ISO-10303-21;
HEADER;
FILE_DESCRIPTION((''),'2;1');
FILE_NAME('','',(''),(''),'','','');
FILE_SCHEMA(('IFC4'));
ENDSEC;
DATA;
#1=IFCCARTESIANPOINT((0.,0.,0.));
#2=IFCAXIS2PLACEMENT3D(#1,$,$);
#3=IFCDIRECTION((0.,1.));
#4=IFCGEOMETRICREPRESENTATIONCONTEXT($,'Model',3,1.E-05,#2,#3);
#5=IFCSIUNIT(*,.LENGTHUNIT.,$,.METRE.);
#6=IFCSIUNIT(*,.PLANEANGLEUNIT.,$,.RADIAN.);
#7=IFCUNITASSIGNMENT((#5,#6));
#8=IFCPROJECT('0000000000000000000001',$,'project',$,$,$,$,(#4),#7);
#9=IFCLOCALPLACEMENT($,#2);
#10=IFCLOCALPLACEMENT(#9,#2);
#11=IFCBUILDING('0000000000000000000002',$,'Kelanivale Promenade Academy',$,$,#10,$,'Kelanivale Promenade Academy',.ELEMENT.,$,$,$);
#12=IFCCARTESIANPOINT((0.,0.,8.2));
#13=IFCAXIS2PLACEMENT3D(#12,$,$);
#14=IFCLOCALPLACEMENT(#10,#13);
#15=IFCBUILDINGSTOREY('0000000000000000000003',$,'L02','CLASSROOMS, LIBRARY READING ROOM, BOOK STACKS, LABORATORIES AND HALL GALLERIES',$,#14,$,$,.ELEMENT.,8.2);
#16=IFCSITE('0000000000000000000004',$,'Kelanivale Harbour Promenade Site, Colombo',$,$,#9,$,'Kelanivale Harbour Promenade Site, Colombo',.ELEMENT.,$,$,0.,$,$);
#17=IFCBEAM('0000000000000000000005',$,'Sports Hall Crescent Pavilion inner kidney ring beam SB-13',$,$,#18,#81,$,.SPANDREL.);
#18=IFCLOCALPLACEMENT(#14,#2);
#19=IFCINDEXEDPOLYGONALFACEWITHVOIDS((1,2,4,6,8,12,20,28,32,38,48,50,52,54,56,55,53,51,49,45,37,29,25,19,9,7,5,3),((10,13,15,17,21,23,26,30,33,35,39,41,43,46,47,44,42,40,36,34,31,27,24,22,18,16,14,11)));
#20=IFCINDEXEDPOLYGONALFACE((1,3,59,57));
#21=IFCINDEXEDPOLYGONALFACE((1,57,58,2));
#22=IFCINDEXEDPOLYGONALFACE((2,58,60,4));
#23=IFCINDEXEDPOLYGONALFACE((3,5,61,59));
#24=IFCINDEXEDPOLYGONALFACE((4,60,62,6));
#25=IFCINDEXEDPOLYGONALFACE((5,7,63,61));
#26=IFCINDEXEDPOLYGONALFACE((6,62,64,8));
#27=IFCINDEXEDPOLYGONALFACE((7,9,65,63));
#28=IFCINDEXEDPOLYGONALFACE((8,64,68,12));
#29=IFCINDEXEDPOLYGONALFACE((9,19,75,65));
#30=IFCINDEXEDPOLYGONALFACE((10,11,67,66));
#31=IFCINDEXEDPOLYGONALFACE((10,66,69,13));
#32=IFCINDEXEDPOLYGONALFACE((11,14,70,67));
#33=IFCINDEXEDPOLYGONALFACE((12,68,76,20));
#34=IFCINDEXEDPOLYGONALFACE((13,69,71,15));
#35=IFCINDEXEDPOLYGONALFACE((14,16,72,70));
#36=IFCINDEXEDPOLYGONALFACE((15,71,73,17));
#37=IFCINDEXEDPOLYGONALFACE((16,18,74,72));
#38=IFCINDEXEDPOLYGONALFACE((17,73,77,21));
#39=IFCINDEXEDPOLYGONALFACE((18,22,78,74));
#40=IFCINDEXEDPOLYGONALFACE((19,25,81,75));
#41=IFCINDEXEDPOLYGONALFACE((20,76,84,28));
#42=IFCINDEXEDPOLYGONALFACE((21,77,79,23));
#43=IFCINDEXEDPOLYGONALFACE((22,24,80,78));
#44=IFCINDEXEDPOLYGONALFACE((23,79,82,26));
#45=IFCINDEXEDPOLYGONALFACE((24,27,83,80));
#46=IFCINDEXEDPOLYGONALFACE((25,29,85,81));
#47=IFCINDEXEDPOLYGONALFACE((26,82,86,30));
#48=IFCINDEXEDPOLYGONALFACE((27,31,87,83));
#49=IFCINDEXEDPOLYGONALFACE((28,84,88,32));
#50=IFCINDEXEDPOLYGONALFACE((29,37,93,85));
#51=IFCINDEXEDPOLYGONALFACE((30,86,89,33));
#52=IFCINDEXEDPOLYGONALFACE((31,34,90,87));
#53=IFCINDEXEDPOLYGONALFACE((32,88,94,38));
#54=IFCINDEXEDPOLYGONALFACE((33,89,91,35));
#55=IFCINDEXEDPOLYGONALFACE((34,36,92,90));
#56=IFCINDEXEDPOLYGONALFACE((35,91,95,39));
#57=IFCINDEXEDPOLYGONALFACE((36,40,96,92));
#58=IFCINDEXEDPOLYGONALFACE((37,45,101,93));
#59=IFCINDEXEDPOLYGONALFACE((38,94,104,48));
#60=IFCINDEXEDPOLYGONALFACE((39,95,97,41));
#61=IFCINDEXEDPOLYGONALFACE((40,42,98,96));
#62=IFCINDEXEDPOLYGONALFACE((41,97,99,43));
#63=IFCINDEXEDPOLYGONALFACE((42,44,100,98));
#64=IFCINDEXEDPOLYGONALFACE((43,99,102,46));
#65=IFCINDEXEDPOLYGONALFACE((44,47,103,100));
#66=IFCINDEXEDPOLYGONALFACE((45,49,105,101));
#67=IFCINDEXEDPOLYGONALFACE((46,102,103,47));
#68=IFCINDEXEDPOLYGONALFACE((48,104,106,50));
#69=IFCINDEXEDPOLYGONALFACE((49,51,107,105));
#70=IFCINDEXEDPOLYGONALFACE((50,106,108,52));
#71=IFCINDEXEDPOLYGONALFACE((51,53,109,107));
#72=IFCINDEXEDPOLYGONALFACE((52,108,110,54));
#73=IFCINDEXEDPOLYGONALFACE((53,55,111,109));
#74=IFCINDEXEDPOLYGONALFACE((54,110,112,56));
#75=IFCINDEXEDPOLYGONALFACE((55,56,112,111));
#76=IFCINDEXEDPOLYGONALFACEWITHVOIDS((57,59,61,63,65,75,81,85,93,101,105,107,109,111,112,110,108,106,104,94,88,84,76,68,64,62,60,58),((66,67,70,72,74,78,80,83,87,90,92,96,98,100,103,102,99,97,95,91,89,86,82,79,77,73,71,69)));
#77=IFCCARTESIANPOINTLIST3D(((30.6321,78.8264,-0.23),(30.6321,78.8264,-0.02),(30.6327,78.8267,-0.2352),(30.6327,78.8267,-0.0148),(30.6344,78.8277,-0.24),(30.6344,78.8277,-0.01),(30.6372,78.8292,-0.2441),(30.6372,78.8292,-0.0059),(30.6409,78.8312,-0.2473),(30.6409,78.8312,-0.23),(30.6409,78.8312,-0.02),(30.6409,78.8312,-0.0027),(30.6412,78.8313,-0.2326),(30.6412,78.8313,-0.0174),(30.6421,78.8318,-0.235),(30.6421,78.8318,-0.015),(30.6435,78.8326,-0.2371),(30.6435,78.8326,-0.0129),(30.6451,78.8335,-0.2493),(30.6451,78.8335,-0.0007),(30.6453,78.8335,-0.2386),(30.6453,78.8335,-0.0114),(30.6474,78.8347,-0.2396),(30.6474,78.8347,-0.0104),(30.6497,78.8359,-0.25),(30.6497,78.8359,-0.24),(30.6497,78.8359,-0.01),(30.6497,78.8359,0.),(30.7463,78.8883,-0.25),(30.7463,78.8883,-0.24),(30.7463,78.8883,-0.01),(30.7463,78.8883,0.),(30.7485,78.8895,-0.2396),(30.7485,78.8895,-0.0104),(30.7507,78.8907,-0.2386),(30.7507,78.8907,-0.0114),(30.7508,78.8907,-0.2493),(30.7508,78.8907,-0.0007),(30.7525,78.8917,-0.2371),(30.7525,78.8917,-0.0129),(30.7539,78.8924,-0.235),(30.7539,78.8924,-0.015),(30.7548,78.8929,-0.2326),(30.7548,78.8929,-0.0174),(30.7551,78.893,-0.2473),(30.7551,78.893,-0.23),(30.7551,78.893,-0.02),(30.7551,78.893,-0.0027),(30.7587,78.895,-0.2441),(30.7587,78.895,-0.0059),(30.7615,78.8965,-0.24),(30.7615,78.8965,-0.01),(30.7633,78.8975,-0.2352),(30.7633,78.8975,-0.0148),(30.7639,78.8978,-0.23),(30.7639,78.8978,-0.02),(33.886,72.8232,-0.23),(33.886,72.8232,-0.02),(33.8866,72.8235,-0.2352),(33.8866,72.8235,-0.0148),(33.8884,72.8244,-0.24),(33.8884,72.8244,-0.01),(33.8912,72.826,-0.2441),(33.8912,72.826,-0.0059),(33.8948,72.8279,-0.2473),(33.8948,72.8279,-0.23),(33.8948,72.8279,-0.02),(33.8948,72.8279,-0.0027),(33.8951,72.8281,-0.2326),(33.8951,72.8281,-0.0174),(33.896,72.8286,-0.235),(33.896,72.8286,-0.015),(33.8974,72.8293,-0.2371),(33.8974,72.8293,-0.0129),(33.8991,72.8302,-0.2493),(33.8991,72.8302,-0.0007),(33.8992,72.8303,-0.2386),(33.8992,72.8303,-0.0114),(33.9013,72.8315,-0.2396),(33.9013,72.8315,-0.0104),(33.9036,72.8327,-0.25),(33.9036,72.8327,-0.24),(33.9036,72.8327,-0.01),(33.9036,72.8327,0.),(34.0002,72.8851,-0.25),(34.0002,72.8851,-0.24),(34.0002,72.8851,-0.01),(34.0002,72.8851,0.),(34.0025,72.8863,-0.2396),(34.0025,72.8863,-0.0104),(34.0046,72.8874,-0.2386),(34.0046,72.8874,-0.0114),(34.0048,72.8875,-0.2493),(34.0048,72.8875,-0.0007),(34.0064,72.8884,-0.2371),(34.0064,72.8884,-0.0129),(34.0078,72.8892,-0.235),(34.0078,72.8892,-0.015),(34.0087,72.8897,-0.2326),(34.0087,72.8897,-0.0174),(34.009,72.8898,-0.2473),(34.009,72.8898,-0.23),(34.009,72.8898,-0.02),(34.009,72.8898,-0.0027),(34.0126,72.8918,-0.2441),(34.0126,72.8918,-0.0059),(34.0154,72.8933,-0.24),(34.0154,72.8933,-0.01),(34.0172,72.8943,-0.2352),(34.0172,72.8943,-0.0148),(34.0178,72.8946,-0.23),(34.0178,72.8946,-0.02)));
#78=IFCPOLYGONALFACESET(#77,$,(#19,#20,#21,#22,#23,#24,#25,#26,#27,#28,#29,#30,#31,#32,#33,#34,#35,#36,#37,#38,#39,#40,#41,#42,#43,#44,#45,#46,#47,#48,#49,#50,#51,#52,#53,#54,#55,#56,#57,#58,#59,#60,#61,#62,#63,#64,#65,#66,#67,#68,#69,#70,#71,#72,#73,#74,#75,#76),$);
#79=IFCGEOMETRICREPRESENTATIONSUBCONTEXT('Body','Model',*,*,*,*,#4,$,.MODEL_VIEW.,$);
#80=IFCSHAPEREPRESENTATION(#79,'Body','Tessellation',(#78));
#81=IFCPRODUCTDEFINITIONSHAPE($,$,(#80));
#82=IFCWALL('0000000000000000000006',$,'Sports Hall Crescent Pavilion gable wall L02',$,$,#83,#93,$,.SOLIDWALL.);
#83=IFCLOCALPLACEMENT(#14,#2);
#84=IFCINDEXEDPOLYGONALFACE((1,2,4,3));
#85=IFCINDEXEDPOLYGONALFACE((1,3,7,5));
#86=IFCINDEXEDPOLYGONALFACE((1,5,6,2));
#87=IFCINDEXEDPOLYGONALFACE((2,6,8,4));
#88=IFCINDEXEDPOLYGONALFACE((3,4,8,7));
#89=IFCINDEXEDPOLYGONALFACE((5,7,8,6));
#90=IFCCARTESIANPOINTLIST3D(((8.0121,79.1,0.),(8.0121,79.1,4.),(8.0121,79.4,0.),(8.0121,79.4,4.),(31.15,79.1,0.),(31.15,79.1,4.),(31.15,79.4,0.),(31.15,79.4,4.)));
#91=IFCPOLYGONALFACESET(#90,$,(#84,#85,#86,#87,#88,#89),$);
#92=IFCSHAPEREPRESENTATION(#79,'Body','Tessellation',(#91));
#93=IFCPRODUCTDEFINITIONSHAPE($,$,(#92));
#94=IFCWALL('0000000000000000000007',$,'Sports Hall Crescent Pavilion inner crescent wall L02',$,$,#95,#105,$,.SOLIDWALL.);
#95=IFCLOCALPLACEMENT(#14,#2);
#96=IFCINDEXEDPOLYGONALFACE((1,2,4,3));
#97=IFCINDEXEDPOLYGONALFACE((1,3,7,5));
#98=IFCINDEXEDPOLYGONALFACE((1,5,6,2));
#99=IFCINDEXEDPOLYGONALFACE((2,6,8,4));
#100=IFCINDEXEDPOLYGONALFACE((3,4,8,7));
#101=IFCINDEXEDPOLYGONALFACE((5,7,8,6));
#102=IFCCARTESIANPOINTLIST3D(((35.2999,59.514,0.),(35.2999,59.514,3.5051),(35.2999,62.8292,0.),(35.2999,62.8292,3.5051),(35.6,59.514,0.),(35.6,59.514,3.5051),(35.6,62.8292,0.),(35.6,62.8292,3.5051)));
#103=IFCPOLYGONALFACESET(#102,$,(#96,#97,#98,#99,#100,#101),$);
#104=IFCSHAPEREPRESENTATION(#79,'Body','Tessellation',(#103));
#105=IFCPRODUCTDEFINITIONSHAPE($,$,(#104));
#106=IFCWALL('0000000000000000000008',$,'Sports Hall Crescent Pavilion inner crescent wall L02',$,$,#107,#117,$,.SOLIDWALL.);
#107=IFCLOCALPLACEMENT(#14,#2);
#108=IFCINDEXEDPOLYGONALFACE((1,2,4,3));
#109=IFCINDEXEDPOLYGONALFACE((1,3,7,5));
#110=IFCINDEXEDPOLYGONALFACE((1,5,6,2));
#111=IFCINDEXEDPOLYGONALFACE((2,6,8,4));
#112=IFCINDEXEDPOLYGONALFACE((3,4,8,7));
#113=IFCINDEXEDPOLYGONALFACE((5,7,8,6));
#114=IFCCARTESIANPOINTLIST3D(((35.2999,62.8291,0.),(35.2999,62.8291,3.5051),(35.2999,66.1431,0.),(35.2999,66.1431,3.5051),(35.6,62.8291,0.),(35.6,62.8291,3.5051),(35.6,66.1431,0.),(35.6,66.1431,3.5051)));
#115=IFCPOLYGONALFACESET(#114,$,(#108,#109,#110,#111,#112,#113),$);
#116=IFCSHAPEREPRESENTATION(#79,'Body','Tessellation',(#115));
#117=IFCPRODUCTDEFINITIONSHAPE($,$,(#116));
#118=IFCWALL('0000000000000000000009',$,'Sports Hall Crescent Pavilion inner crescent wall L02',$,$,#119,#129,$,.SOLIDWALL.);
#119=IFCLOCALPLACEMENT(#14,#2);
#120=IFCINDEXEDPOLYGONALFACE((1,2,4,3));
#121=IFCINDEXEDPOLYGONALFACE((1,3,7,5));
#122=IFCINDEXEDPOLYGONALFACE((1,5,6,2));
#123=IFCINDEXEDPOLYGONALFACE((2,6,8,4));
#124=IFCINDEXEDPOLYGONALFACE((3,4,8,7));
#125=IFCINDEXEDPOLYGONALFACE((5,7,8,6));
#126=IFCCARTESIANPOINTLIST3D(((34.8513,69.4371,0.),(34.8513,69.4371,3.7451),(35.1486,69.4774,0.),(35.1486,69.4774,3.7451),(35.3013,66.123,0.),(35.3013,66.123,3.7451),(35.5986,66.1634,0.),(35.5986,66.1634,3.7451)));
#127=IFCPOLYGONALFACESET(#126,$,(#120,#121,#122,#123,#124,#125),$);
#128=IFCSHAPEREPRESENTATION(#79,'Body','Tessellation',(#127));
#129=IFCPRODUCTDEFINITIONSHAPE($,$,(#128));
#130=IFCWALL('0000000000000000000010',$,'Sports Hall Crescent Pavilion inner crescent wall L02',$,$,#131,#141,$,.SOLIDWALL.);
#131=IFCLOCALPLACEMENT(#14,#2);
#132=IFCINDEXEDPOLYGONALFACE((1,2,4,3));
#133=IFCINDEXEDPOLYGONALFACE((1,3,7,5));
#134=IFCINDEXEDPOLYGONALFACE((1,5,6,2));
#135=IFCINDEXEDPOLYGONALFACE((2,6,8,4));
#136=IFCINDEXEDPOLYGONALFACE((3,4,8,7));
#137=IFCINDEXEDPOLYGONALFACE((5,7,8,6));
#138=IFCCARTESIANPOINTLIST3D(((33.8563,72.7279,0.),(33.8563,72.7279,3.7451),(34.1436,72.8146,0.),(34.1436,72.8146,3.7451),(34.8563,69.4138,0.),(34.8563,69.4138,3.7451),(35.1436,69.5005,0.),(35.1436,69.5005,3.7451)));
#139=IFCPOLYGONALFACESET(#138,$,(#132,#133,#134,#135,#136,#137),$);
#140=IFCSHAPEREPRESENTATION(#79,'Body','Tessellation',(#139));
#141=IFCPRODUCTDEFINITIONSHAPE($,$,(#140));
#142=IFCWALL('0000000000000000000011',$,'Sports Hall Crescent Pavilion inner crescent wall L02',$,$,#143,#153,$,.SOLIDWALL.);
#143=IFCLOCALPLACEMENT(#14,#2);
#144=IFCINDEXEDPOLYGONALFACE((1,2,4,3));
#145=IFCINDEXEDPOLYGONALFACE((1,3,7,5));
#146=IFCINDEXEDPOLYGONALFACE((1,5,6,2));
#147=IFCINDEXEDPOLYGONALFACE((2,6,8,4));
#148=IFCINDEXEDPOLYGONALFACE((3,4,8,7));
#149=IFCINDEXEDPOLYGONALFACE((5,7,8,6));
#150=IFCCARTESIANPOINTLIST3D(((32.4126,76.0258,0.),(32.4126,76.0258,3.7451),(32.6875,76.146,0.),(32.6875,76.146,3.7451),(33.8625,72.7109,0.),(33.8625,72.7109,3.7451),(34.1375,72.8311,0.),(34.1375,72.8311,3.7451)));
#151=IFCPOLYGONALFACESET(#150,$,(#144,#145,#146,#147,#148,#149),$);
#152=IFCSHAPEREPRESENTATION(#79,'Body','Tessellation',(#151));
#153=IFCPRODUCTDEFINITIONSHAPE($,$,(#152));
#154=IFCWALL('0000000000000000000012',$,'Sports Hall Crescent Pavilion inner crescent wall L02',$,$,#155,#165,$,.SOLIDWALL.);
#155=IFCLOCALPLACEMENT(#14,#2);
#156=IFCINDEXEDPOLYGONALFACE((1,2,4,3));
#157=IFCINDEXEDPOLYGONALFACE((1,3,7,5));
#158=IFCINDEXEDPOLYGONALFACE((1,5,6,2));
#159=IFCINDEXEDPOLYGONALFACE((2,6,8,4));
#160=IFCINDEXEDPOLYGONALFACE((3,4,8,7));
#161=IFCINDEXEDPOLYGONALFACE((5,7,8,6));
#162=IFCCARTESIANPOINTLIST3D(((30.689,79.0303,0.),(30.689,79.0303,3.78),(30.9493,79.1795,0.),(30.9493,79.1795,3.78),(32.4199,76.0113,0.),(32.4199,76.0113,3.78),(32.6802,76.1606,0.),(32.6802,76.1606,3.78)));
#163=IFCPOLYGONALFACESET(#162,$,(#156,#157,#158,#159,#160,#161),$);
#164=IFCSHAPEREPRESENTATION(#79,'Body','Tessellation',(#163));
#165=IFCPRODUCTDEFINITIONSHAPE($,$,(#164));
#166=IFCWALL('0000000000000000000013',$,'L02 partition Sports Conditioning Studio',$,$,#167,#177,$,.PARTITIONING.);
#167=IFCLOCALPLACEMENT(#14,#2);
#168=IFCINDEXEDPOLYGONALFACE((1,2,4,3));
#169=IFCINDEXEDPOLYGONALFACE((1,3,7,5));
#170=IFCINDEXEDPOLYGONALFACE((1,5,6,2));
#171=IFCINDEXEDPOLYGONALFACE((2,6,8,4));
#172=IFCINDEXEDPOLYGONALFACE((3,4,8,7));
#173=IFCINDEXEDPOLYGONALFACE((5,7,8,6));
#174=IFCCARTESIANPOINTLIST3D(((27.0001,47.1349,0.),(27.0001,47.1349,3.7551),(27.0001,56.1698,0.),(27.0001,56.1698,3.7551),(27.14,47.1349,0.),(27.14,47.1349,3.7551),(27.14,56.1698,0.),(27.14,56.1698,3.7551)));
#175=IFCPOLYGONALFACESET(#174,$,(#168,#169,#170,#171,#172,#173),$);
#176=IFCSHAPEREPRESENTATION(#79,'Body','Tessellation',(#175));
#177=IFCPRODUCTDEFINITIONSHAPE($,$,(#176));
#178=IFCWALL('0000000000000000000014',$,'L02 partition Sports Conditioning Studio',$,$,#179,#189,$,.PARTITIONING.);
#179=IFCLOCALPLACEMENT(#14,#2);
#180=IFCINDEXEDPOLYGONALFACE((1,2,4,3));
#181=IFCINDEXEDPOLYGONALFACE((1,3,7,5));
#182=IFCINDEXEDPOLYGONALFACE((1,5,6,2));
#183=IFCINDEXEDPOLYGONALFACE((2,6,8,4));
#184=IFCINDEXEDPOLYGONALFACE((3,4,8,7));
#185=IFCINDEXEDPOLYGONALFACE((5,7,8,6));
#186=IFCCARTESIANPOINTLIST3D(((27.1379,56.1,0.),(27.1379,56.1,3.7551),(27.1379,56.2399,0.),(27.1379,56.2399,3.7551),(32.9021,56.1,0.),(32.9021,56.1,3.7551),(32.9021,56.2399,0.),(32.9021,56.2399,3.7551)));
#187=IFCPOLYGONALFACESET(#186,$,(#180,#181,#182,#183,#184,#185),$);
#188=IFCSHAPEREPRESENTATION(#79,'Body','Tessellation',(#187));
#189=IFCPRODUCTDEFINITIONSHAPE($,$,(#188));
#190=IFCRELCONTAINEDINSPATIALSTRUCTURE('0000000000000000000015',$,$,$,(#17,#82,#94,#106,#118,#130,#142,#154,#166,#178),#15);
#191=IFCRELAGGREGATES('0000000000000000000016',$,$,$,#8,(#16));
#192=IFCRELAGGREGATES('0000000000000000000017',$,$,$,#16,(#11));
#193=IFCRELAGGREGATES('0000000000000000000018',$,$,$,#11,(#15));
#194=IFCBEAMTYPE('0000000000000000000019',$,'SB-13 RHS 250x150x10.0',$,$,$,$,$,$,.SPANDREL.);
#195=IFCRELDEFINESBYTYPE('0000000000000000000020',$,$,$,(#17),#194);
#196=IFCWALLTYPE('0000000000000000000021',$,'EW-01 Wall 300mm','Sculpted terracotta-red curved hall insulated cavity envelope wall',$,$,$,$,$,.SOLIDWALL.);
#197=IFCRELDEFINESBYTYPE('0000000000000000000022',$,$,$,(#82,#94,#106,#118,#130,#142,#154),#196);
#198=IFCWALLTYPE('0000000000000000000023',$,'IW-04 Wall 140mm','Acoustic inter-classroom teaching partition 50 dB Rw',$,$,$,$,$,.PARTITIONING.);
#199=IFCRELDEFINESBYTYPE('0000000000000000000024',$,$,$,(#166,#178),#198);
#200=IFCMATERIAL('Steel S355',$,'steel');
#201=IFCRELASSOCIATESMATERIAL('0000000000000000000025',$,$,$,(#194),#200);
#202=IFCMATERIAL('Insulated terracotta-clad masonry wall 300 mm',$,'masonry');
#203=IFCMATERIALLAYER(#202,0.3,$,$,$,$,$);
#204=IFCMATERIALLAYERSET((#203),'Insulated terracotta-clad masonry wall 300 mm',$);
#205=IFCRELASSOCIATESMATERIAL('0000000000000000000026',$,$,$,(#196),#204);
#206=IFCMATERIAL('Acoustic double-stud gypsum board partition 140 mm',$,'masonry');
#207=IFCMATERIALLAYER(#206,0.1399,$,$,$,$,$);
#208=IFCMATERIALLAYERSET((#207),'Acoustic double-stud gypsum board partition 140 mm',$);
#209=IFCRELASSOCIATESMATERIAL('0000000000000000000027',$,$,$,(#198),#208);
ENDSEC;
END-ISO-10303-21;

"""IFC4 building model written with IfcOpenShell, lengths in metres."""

from ifc_helpers import new_model, si_unit, direction, frame, frame_2d, origin, origin_2d, place, context, subcontext, project, spatial, rectangle, hollow_rectangle, extrude, material, layer, layer_set, material_profile, profile_set, type_object, element, save


model = new_model("IFC4")

# Units and contexts
model_context = context("Model", 3, precision=1e-05, world=origin(), true_north=direction((0.0, 1.0)))
body_context = subcontext(model_context, "Body", "Model", "MODEL_VIEW")
ifc_project = project(units=[si_unit("LENGTHUNIT", "METRE"), si_unit("PLANEANGLEUNIT", "RADIAN")], contexts=[model_context])

# Site, building, storey
site_placement = place(None, origin())
site = spatial("IfcSite", under=ifc_project, at=site_placement, Name="Kelanivale Harbour Promenade Site, Colombo", LongName="Kelanivale Harbour Promenade Site, Colombo", CompositionType="ELEMENT", RefElevation=0.0)
building_placement = place(site_placement, origin())
building = spatial("IfcBuilding", under=site, at=building_placement, Name="Kelanivale Promenade Academy", LongName="Kelanivale Promenade Academy", CompositionType="ELEMENT")
storey_placement = place(building_placement, frame((0.0, 0.0, 8.2)))
storey = spatial("IfcBuildingStorey", under=building, at=storey_placement, Name="L02", Description="CLASSROOMS, LIBRARY READING ROOM, BOOK STACKS, LABORATORIES AND HALL GALLERIES", CompositionType="ELEMENT", Elevation=8.2)

# Shared definitions
ifc_material_1 = material(Name="Steel S355", Category="steel")

# Beam
ifc_material_profile_1 = material_profile(ifc_material_1, hollow_rectangle(XDim=0.1499, YDim=0.25, WallThickness=0.01, InnerFilletRadius=0.01, OuterFilletRadius=0.02, at=origin_2d()), Name="RHS 250x150x10.0")
ifc_profile_set_1 = profile_set([ifc_material_profile_1], Name="Steel S355")
beam_type_1 = type_object("IfcBeamType", Name="SB-13 RHS 250x150x10.0", PredefinedType="SPANDREL", material=ifc_profile_set_1)
beam_1_placement = place(storey_placement, frame((33.9519, 72.8589, -0.125), z_axis=(-0.476531, 0.879158, 0.0), x_axis=(-0.879158, -0.476531, 0.0)))
element("IfcBeam", 1, at=beam_1_placement, inside=storey, type_object=beam_type_1, Name="Sports Hall Crescent Pavilion inner kidney ring beam SB-13", PredefinedType="SPANDREL", context=body_context, shape_type="SweptSolid", body=[
    extrude(hollow_rectangle(XDim=0.1499, YDim=0.25, WallThickness=0.01, InnerFilletRadius=0.01, OuterFilletRadius=0.02, at=origin_2d()), origin(), (0.0, 0.0, 1.0), 6.8284),
])

# Walls
ifc_material_2 = material(Name="Insulated terracotta-clad masonry wall 300 mm", Category="masonry")
ifc_layer_1 = layer(ifc_material_2, 0.3)
ifc_layer_set_1 = layer_set([ifc_layer_1], Name="Insulated terracotta-clad masonry wall 300 mm")
wall_type_1 = type_object("IfcWallType", Name="EW-01 Wall 300mm", Description="Sculpted terracotta-red curved hall insulated cavity envelope wall", PredefinedType="SOLIDWALL", material=ifc_layer_set_1)
wall_1_placement = place(storey_placement, frame((31.1499, 79.25, 0.0), z_axis=(0.0, 0.0, 1.0), x_axis=(-1.0, 0.0, 0.0)))
element("IfcWall", 2, at=wall_1_placement, inside=storey, type_object=wall_type_1, Name="Sports Hall Crescent Pavilion gable wall L02", PredefinedType="SOLIDWALL", context=body_context, shape_type="SweptSolid", body=[
    extrude(rectangle(XDim=23.1379, YDim=0.3, at=frame_2d((11.5688, 0.0))), origin(), (0.0, 0.0, 1.0), 4.0),
])
wall_2_placement = place(storey_placement, frame((35.45, 59.5139, 0.0), z_axis=(0.0, 0.0, 1.0), x_axis=(0.0, 1.0, 0.0)))
element("IfcWall", 3, at=wall_2_placement, inside=storey, type_object=wall_type_1, Name="Sports Hall Crescent Pavilion inner crescent wall L02", PredefinedType="SOLIDWALL", context=body_context, shape_type="SweptSolid", body=[
    extrude(rectangle(XDim=3.3152, YDim=0.3, at=frame_2d((1.6577, 0.0))), origin(), (0.0, 0.0, 1.0), 3.5051),
])
wall_3_placement = place(storey_placement, frame((35.45, 62.8291, 0.0), z_axis=(0.0, 0.0, 1.0), x_axis=(0.0, 1.0, 0.0)))
element("IfcWall", 4, at=wall_3_placement, inside=storey, type_object=wall_type_1, Name="Sports Hall Crescent Pavilion inner crescent wall L02", PredefinedType="SOLIDWALL", context=body_context, shape_type="SweptSolid", body=[
    extrude(rectangle(XDim=3.314, YDim=0.3, at=frame_2d((1.657, 0.0))), origin(), (0.0, 0.0, 1.0), 3.5051),
])
wall_4_placement = place(storey_placement, frame((35.45, 66.1431, 0.0), z_axis=(0.0, 0.0, 1.0), x_axis=(-0.13454, 0.990908, 0.0)))
element("IfcWall", 5, at=wall_4_placement, inside=storey, type_object=wall_type_1, Name="Sports Hall Crescent Pavilion inner crescent wall L02", PredefinedType="SOLIDWALL", context=body_context, shape_type="SweptSolid", body=[
    extrude(rectangle(XDim=3.3445, YDim=0.3, at=frame_2d((1.6724, 0.0))), origin(), (0.0, 0.0, 1.0), 3.7451),
])
wall_5_placement = place(storey_placement, frame((35.0, 69.457, 0.0), z_axis=(0.0, 0.0, 1.0), x_axis=(-0.288888, 0.957363, 0.0)))
element("IfcWall", 6, at=wall_5_placement, inside=storey, type_object=wall_type_1, Name="Sports Hall Crescent Pavilion inner crescent wall L02", PredefinedType="SOLIDWALL", context=body_context, shape_type="SweptSolid", body=[
    extrude(rectangle(XDim=3.4617, YDim=0.3, at=frame_2d((1.731, 0.0))), origin(), (0.0, 0.0, 1.0), 3.7451),
])
wall_6_placement = place(storey_placement, frame((34.0, 72.771, 0.0), z_axis=(0.0, 0.0, 1.0), x_axis=(-0.400741, 0.916191, 0.0)))
element("IfcWall", 7, at=wall_6_placement, inside=storey, type_object=wall_type_1, Name="Sports Hall Crescent Pavilion inner crescent wall L02", PredefinedType="SOLIDWALL", context=body_context, shape_type="SweptSolid", body=[
    extrude(rectangle(XDim=3.6182, YDim=0.3, at=frame_2d((1.8091, 0.0))), origin(), (0.0, 0.0, 1.0), 3.7451),
])
wall_7_placement = place(storey_placement, frame((32.55, 76.0859, 0.0), z_axis=(0.0, 0.0, 1.0), x_axis=(-0.497393, 0.867526, 0.0)))
element("IfcWall", 8, at=wall_7_placement, inside=storey, type_object=wall_type_1, Name="Sports Hall Crescent Pavilion inner crescent wall L02", PredefinedType="SOLIDWALL", context=body_context, shape_type="SweptSolid", body=[
    extrude(rectangle(XDim=3.48, YDim=0.3, at=frame_2d((1.74, 0.0))), origin(), (0.0, 0.0, 1.0), 3.78),
])
ifc_material_3 = material(Name="Acoustic double-stud gypsum board partition 140 mm", Category="masonry")
ifc_layer_2 = layer(ifc_material_3, 0.1399)
ifc_layer_set_2 = layer_set([ifc_layer_2], Name="Acoustic double-stud gypsum board partition 140 mm")
wall_type_2 = type_object("IfcWallType", Name="IW-04 Wall 140mm", Description="Acoustic inter-classroom teaching partition 50 dB Rw", PredefinedType="PARTITIONING", material=ifc_layer_set_2)
wall_8_placement = place(storey_placement, frame((27.0701, 56.1699, 0.0), z_axis=(0.0, 0.0, 1.0), x_axis=(0.0, -1.0, 0.0)))
element("IfcWall", 9, at=wall_8_placement, inside=storey, type_object=wall_type_2, Name="L02 partition Sports Conditioning Studio", PredefinedType="PARTITIONING", context=body_context, shape_type="SweptSolid", body=[
    extrude(rectangle(XDim=9.0349, YDim=0.1399, at=frame_2d((4.5176, 0.0))), origin(), (0.0, 0.0, 1.0), 3.7551),
])
wall_9_placement = place(storey_placement, frame((32.9021, 56.1699, 0.0), z_axis=(0.0, 0.0, 1.0), x_axis=(-1.0, 0.0, 0.0)))
element("IfcWall", 10, at=wall_9_placement, inside=storey, type_object=wall_type_2, Name="L02 partition Sports Conditioning Studio", PredefinedType="PARTITIONING", context=body_context, shape_type="SweptSolid", body=[
    extrude(rectangle(XDim=5.7642, YDim=0.1399, at=frame_2d((2.8821, 0.0))), origin(), (0.0, 0.0, 1.0), 3.7551),
])

save(model, "model.ifc")
